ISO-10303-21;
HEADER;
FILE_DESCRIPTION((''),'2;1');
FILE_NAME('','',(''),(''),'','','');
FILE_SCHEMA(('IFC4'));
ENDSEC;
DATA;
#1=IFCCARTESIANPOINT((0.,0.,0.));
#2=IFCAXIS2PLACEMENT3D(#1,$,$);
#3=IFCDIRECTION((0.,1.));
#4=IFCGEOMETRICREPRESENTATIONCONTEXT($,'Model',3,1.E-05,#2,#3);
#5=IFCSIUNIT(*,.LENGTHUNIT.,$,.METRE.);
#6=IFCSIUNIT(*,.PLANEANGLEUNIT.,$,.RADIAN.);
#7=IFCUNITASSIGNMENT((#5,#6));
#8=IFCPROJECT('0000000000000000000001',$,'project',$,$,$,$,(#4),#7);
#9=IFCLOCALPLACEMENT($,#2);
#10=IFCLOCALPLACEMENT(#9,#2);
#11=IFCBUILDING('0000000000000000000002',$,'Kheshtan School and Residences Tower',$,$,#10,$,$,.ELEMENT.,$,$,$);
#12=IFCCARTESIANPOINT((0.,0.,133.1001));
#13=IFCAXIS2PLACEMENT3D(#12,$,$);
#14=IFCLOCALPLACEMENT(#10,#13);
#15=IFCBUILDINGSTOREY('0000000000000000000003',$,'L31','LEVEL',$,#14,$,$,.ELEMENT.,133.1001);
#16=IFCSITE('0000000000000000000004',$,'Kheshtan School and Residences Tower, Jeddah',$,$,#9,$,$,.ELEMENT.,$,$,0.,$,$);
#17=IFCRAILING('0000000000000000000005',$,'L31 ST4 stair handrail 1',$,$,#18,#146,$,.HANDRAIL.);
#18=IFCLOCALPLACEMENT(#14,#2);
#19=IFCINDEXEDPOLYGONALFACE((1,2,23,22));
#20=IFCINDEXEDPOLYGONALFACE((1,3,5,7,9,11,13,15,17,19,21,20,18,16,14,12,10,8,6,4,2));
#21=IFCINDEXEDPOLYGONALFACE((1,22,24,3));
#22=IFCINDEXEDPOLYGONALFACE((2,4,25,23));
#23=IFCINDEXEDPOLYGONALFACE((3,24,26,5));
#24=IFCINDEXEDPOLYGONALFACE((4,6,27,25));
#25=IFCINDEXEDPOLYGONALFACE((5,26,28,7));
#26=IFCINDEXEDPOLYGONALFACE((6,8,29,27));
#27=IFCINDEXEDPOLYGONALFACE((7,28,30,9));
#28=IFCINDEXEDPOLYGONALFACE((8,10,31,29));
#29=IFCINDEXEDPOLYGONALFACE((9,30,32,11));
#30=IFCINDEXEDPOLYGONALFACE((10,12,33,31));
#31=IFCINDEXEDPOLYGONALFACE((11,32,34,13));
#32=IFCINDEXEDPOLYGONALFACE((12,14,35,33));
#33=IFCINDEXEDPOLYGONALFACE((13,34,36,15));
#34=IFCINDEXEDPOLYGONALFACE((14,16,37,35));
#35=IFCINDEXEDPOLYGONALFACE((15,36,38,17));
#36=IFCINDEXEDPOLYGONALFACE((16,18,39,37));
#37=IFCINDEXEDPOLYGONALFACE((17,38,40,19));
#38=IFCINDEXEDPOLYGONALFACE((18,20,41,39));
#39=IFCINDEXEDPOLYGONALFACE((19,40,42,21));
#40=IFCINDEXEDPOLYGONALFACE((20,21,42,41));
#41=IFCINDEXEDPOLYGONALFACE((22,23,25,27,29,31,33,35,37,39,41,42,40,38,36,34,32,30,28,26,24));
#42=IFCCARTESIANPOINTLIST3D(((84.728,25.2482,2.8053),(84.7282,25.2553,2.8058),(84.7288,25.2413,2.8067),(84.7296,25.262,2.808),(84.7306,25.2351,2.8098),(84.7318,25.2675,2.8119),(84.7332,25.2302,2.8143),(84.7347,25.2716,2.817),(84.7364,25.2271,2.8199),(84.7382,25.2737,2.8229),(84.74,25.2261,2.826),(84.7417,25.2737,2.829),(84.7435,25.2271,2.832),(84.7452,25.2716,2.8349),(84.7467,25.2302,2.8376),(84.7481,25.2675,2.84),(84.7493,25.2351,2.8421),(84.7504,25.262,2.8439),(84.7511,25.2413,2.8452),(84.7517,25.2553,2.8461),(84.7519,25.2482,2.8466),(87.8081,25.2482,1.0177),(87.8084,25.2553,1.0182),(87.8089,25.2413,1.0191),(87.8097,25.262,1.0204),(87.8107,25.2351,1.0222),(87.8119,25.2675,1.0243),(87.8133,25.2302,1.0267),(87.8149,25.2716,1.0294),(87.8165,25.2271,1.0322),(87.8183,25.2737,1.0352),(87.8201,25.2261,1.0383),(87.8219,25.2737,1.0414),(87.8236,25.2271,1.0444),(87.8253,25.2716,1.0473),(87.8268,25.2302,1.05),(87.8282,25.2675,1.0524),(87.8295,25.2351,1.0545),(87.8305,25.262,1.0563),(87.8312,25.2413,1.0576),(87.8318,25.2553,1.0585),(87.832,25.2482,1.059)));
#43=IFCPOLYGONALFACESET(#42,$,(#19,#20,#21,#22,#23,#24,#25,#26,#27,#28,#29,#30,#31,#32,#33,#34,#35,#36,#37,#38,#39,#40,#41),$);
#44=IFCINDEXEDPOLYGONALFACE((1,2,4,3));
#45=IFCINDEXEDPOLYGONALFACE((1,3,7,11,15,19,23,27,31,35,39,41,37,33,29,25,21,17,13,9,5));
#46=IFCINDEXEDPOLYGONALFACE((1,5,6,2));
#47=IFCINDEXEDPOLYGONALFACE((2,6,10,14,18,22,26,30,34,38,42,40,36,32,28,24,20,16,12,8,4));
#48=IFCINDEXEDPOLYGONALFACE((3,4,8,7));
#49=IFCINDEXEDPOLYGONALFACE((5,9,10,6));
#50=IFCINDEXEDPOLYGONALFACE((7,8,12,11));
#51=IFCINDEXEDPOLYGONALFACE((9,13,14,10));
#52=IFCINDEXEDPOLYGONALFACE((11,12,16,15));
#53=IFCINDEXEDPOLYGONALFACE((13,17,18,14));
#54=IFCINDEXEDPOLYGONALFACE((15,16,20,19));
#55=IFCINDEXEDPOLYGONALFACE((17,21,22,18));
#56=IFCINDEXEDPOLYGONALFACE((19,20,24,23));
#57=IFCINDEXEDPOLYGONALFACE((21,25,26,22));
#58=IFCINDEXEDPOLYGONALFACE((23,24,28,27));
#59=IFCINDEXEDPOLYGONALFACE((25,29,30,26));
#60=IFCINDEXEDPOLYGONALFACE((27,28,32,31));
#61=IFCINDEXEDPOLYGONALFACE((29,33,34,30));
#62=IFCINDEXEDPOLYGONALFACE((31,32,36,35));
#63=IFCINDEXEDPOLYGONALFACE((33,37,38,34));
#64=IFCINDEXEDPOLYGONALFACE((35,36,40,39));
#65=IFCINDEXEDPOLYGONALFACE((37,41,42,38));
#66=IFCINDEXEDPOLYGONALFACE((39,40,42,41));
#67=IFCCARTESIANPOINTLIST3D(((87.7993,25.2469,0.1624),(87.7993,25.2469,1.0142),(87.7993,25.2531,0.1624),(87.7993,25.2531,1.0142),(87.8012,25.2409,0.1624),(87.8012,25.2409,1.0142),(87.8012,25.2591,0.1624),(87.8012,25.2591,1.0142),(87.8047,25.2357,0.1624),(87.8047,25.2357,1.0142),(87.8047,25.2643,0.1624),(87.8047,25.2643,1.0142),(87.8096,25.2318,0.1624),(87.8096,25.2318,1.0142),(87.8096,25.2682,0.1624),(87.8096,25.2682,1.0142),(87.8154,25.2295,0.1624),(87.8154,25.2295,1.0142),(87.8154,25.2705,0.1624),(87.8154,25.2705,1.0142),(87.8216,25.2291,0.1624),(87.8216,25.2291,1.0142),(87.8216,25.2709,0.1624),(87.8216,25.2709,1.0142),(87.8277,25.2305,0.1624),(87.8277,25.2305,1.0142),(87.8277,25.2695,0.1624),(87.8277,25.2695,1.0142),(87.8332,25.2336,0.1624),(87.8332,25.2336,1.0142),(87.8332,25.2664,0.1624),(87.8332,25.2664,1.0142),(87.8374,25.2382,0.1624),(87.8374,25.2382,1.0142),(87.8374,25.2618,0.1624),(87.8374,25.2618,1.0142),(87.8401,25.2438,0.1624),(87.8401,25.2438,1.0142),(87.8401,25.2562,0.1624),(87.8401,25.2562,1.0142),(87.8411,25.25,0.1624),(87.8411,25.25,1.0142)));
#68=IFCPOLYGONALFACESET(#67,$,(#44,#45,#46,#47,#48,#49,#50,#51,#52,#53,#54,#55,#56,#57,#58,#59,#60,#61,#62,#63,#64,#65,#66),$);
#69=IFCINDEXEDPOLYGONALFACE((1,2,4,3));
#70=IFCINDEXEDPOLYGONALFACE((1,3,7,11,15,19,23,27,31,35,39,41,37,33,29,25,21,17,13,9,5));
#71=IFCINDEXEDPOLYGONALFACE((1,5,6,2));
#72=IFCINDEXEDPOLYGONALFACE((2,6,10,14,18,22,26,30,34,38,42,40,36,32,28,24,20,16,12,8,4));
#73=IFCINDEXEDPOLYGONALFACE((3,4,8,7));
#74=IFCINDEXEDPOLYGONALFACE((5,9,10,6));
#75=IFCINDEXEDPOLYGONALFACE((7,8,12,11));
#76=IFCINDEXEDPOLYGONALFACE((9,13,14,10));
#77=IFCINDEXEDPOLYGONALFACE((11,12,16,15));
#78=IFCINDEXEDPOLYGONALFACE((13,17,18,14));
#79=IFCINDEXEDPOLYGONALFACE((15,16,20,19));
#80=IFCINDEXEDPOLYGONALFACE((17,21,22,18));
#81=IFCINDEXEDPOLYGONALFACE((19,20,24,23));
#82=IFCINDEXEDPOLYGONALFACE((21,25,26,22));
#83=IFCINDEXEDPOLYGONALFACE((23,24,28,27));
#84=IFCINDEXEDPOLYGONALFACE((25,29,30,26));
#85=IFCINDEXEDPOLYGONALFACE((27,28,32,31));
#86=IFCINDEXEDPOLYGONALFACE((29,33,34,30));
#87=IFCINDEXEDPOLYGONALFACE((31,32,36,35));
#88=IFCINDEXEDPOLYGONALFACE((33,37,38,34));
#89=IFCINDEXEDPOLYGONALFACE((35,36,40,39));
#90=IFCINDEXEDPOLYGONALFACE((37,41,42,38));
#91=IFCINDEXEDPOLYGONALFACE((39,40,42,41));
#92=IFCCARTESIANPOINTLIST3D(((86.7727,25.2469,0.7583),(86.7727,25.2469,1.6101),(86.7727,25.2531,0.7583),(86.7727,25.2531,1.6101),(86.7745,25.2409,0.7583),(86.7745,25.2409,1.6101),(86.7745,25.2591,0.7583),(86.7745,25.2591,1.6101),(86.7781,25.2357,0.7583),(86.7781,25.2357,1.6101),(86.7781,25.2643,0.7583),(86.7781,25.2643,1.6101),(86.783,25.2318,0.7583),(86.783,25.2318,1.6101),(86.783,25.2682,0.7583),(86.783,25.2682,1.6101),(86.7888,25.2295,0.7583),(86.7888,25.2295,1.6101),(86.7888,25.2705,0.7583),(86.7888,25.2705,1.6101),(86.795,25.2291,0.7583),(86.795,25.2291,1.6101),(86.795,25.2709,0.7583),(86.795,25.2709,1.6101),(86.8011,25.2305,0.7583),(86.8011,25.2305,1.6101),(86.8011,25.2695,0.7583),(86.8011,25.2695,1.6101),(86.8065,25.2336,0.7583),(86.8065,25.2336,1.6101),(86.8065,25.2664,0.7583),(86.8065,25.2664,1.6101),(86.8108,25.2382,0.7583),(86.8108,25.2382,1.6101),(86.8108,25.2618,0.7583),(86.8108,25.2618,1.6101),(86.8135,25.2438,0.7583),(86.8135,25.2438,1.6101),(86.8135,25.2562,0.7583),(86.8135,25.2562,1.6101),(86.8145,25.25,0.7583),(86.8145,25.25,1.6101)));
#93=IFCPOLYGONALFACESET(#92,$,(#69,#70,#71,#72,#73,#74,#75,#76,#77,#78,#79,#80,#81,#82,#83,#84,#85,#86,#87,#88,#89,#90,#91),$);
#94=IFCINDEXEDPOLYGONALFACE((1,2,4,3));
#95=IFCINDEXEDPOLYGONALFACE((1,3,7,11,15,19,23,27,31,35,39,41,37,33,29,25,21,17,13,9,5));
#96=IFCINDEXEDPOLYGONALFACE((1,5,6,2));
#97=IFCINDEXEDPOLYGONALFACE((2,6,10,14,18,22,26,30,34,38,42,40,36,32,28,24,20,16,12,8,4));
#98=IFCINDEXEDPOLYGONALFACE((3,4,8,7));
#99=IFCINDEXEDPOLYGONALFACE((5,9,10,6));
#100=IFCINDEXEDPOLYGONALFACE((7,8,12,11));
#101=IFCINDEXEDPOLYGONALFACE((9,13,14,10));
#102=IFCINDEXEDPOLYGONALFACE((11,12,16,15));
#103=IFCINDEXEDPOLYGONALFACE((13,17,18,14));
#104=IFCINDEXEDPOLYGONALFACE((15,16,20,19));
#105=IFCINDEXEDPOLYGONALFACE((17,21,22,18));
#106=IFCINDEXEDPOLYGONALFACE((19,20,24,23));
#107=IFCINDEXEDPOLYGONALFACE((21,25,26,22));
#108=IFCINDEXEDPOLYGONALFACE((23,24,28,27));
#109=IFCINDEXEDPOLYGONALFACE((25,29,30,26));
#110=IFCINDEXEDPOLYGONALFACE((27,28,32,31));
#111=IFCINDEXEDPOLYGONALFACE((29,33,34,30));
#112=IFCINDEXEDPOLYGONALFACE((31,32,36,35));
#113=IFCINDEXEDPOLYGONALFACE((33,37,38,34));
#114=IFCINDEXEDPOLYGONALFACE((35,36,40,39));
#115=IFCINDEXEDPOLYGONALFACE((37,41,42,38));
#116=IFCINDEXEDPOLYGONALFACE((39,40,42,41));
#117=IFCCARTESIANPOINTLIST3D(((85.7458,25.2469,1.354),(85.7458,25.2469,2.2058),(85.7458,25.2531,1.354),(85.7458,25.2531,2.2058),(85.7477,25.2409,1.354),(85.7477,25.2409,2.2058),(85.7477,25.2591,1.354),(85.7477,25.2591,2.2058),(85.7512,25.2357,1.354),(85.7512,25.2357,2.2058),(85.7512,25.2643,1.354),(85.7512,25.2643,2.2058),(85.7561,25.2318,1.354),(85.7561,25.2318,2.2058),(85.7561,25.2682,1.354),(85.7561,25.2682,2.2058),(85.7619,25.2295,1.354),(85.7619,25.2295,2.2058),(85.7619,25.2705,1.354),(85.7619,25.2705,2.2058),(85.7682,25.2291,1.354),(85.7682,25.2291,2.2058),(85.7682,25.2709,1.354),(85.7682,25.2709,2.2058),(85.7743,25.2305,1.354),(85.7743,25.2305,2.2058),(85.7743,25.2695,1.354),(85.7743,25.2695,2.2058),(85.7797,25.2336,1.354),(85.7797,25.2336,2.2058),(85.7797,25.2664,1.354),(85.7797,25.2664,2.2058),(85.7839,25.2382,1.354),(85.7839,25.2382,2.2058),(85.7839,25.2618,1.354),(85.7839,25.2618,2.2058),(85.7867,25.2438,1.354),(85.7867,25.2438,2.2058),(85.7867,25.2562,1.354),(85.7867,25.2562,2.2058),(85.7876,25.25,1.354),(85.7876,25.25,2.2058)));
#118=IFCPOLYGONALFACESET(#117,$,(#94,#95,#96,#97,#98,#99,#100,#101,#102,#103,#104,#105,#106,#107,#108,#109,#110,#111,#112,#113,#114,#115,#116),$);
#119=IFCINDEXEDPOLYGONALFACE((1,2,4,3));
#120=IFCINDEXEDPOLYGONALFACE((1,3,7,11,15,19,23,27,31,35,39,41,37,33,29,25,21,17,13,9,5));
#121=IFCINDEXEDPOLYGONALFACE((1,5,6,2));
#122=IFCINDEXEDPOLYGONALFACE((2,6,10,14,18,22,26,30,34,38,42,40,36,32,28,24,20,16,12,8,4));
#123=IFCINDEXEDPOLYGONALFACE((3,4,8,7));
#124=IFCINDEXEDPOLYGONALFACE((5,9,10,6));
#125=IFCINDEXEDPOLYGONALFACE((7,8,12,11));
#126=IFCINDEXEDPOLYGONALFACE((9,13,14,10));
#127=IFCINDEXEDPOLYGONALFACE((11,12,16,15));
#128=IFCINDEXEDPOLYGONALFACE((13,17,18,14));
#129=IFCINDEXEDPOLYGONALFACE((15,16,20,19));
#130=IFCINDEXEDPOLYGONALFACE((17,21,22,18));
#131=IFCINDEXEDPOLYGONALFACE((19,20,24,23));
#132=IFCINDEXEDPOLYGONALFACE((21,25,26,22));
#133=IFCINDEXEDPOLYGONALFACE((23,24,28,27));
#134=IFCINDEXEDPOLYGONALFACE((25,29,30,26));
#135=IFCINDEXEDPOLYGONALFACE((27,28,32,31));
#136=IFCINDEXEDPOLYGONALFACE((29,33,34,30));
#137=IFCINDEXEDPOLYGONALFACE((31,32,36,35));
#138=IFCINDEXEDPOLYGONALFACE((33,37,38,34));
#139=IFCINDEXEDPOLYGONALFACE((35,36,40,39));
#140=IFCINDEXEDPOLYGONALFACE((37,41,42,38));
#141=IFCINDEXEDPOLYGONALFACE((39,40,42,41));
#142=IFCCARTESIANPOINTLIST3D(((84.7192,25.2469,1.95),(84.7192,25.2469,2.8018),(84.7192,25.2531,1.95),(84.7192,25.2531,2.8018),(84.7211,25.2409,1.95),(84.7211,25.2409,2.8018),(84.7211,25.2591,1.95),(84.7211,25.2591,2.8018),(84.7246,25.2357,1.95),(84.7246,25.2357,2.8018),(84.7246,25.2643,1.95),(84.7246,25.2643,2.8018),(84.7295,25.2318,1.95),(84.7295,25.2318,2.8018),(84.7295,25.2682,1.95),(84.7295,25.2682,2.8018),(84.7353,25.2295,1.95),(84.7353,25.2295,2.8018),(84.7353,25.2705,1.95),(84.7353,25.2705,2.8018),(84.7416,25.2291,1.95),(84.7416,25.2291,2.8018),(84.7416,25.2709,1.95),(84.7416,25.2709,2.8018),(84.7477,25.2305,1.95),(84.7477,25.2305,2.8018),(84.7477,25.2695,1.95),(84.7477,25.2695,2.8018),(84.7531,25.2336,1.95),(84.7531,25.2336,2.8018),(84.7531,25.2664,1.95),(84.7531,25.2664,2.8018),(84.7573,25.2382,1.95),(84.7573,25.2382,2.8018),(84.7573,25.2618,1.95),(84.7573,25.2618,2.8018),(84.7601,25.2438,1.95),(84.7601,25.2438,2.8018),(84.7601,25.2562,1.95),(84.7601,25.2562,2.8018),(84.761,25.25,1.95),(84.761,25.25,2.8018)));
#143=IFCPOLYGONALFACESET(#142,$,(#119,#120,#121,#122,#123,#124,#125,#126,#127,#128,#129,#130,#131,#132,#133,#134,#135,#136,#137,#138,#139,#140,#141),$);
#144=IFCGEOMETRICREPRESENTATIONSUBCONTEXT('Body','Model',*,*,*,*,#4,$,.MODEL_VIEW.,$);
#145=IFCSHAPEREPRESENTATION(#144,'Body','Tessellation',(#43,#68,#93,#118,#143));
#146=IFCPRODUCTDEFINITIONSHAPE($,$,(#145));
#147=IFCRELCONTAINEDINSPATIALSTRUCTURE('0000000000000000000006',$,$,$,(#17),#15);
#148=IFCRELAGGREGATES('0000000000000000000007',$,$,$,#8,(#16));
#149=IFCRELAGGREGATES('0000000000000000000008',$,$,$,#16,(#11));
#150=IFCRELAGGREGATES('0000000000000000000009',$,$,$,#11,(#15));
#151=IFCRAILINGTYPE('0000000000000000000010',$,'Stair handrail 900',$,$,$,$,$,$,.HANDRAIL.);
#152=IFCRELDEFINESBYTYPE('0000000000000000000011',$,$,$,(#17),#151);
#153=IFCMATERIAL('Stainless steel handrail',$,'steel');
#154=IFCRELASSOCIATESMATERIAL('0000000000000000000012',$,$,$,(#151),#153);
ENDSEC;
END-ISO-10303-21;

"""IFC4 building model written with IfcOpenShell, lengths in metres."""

from ifc_helpers import new_model, si_unit, direction, frame, origin, origin_2d, place, context, subcontext, project, spatial, circle, extrude, material, type_object, element, save


model = new_model("IFC4")

# Units and contexts
model_context = context("Model", 3, precision=1e-05, world=origin(), true_north=direction((0.0, 1.0)))
body_context = subcontext(model_context, "Body", "Model", "MODEL_VIEW")
ifc_project = project(units=[si_unit("LENGTHUNIT", "METRE"), si_unit("PLANEANGLEUNIT", "RADIAN")], contexts=[model_context])

# Site, building, storey
site_placement = place(None, origin())
site = spatial("IfcSite", under=ifc_project, at=site_placement, Name="Kheshtan School and Residences Tower, Jeddah", CompositionType="ELEMENT", RefElevation=0.0)
building_placement = place(site_placement, origin())
building = spatial("IfcBuilding", under=site, at=building_placement, Name="Kheshtan School and Residences Tower", CompositionType="ELEMENT")
storey_placement = place(building_placement, frame((0.0, 0.0, 133.1001)))
storey = spatial("IfcBuildingStorey", under=building, at=storey_placement, Name="L31", Description="LEVEL", CompositionType="ELEMENT", Elevation=133.1001)

# Railing
ifc_material_1 = material(Name="Stainless steel handrail", Category="steel")
railing_type_1 = type_object("IfcRailingType", Name="Stair handrail 900", PredefinedType="HANDRAIL", material=ifc_material_1)
railing_1_placement = place(storey_placement, frame((87.8201, 25.25, 0.1624)))
element("IfcRailing", 1, at=railing_1_placement, inside=storey, type_object=railing_type_1, Name="L31 ST4 stair handrail 1", PredefinedType="HANDRAIL", context=body_context, shape_type="SweptSolid", body=[
    extrude(circle(Radius=0.0239, at=origin_2d()), frame((0.0, 0.0, 0.876), z_axis=(-0.864891, 0.0, 0.50196), x_axis=(0.0, -1.0, 0.0)), (0.0, 0.0, 1.0), 3.5613),
    extrude(circle(Radius=0.021, at=origin_2d()), origin(), (0.0, 0.0, 1.0), 0.8518),
    extrude(circle(Radius=0.021, at=origin_2d()), frame((-1.0266, 0.0, 0.5959)), (0.0, 0.0, 1.0), 0.8518),
    extrude(circle(Radius=0.021, at=origin_2d()), frame((-2.0535, 0.0, 1.1917)), (0.0, 0.0, 1.0), 0.8518),
    extrude(circle(Radius=0.021, at=origin_2d()), frame((-3.0801, 0.0, 1.7876)), (0.0, 0.0, 1.0), 0.8518),
])

save(model, "model.ifc")
